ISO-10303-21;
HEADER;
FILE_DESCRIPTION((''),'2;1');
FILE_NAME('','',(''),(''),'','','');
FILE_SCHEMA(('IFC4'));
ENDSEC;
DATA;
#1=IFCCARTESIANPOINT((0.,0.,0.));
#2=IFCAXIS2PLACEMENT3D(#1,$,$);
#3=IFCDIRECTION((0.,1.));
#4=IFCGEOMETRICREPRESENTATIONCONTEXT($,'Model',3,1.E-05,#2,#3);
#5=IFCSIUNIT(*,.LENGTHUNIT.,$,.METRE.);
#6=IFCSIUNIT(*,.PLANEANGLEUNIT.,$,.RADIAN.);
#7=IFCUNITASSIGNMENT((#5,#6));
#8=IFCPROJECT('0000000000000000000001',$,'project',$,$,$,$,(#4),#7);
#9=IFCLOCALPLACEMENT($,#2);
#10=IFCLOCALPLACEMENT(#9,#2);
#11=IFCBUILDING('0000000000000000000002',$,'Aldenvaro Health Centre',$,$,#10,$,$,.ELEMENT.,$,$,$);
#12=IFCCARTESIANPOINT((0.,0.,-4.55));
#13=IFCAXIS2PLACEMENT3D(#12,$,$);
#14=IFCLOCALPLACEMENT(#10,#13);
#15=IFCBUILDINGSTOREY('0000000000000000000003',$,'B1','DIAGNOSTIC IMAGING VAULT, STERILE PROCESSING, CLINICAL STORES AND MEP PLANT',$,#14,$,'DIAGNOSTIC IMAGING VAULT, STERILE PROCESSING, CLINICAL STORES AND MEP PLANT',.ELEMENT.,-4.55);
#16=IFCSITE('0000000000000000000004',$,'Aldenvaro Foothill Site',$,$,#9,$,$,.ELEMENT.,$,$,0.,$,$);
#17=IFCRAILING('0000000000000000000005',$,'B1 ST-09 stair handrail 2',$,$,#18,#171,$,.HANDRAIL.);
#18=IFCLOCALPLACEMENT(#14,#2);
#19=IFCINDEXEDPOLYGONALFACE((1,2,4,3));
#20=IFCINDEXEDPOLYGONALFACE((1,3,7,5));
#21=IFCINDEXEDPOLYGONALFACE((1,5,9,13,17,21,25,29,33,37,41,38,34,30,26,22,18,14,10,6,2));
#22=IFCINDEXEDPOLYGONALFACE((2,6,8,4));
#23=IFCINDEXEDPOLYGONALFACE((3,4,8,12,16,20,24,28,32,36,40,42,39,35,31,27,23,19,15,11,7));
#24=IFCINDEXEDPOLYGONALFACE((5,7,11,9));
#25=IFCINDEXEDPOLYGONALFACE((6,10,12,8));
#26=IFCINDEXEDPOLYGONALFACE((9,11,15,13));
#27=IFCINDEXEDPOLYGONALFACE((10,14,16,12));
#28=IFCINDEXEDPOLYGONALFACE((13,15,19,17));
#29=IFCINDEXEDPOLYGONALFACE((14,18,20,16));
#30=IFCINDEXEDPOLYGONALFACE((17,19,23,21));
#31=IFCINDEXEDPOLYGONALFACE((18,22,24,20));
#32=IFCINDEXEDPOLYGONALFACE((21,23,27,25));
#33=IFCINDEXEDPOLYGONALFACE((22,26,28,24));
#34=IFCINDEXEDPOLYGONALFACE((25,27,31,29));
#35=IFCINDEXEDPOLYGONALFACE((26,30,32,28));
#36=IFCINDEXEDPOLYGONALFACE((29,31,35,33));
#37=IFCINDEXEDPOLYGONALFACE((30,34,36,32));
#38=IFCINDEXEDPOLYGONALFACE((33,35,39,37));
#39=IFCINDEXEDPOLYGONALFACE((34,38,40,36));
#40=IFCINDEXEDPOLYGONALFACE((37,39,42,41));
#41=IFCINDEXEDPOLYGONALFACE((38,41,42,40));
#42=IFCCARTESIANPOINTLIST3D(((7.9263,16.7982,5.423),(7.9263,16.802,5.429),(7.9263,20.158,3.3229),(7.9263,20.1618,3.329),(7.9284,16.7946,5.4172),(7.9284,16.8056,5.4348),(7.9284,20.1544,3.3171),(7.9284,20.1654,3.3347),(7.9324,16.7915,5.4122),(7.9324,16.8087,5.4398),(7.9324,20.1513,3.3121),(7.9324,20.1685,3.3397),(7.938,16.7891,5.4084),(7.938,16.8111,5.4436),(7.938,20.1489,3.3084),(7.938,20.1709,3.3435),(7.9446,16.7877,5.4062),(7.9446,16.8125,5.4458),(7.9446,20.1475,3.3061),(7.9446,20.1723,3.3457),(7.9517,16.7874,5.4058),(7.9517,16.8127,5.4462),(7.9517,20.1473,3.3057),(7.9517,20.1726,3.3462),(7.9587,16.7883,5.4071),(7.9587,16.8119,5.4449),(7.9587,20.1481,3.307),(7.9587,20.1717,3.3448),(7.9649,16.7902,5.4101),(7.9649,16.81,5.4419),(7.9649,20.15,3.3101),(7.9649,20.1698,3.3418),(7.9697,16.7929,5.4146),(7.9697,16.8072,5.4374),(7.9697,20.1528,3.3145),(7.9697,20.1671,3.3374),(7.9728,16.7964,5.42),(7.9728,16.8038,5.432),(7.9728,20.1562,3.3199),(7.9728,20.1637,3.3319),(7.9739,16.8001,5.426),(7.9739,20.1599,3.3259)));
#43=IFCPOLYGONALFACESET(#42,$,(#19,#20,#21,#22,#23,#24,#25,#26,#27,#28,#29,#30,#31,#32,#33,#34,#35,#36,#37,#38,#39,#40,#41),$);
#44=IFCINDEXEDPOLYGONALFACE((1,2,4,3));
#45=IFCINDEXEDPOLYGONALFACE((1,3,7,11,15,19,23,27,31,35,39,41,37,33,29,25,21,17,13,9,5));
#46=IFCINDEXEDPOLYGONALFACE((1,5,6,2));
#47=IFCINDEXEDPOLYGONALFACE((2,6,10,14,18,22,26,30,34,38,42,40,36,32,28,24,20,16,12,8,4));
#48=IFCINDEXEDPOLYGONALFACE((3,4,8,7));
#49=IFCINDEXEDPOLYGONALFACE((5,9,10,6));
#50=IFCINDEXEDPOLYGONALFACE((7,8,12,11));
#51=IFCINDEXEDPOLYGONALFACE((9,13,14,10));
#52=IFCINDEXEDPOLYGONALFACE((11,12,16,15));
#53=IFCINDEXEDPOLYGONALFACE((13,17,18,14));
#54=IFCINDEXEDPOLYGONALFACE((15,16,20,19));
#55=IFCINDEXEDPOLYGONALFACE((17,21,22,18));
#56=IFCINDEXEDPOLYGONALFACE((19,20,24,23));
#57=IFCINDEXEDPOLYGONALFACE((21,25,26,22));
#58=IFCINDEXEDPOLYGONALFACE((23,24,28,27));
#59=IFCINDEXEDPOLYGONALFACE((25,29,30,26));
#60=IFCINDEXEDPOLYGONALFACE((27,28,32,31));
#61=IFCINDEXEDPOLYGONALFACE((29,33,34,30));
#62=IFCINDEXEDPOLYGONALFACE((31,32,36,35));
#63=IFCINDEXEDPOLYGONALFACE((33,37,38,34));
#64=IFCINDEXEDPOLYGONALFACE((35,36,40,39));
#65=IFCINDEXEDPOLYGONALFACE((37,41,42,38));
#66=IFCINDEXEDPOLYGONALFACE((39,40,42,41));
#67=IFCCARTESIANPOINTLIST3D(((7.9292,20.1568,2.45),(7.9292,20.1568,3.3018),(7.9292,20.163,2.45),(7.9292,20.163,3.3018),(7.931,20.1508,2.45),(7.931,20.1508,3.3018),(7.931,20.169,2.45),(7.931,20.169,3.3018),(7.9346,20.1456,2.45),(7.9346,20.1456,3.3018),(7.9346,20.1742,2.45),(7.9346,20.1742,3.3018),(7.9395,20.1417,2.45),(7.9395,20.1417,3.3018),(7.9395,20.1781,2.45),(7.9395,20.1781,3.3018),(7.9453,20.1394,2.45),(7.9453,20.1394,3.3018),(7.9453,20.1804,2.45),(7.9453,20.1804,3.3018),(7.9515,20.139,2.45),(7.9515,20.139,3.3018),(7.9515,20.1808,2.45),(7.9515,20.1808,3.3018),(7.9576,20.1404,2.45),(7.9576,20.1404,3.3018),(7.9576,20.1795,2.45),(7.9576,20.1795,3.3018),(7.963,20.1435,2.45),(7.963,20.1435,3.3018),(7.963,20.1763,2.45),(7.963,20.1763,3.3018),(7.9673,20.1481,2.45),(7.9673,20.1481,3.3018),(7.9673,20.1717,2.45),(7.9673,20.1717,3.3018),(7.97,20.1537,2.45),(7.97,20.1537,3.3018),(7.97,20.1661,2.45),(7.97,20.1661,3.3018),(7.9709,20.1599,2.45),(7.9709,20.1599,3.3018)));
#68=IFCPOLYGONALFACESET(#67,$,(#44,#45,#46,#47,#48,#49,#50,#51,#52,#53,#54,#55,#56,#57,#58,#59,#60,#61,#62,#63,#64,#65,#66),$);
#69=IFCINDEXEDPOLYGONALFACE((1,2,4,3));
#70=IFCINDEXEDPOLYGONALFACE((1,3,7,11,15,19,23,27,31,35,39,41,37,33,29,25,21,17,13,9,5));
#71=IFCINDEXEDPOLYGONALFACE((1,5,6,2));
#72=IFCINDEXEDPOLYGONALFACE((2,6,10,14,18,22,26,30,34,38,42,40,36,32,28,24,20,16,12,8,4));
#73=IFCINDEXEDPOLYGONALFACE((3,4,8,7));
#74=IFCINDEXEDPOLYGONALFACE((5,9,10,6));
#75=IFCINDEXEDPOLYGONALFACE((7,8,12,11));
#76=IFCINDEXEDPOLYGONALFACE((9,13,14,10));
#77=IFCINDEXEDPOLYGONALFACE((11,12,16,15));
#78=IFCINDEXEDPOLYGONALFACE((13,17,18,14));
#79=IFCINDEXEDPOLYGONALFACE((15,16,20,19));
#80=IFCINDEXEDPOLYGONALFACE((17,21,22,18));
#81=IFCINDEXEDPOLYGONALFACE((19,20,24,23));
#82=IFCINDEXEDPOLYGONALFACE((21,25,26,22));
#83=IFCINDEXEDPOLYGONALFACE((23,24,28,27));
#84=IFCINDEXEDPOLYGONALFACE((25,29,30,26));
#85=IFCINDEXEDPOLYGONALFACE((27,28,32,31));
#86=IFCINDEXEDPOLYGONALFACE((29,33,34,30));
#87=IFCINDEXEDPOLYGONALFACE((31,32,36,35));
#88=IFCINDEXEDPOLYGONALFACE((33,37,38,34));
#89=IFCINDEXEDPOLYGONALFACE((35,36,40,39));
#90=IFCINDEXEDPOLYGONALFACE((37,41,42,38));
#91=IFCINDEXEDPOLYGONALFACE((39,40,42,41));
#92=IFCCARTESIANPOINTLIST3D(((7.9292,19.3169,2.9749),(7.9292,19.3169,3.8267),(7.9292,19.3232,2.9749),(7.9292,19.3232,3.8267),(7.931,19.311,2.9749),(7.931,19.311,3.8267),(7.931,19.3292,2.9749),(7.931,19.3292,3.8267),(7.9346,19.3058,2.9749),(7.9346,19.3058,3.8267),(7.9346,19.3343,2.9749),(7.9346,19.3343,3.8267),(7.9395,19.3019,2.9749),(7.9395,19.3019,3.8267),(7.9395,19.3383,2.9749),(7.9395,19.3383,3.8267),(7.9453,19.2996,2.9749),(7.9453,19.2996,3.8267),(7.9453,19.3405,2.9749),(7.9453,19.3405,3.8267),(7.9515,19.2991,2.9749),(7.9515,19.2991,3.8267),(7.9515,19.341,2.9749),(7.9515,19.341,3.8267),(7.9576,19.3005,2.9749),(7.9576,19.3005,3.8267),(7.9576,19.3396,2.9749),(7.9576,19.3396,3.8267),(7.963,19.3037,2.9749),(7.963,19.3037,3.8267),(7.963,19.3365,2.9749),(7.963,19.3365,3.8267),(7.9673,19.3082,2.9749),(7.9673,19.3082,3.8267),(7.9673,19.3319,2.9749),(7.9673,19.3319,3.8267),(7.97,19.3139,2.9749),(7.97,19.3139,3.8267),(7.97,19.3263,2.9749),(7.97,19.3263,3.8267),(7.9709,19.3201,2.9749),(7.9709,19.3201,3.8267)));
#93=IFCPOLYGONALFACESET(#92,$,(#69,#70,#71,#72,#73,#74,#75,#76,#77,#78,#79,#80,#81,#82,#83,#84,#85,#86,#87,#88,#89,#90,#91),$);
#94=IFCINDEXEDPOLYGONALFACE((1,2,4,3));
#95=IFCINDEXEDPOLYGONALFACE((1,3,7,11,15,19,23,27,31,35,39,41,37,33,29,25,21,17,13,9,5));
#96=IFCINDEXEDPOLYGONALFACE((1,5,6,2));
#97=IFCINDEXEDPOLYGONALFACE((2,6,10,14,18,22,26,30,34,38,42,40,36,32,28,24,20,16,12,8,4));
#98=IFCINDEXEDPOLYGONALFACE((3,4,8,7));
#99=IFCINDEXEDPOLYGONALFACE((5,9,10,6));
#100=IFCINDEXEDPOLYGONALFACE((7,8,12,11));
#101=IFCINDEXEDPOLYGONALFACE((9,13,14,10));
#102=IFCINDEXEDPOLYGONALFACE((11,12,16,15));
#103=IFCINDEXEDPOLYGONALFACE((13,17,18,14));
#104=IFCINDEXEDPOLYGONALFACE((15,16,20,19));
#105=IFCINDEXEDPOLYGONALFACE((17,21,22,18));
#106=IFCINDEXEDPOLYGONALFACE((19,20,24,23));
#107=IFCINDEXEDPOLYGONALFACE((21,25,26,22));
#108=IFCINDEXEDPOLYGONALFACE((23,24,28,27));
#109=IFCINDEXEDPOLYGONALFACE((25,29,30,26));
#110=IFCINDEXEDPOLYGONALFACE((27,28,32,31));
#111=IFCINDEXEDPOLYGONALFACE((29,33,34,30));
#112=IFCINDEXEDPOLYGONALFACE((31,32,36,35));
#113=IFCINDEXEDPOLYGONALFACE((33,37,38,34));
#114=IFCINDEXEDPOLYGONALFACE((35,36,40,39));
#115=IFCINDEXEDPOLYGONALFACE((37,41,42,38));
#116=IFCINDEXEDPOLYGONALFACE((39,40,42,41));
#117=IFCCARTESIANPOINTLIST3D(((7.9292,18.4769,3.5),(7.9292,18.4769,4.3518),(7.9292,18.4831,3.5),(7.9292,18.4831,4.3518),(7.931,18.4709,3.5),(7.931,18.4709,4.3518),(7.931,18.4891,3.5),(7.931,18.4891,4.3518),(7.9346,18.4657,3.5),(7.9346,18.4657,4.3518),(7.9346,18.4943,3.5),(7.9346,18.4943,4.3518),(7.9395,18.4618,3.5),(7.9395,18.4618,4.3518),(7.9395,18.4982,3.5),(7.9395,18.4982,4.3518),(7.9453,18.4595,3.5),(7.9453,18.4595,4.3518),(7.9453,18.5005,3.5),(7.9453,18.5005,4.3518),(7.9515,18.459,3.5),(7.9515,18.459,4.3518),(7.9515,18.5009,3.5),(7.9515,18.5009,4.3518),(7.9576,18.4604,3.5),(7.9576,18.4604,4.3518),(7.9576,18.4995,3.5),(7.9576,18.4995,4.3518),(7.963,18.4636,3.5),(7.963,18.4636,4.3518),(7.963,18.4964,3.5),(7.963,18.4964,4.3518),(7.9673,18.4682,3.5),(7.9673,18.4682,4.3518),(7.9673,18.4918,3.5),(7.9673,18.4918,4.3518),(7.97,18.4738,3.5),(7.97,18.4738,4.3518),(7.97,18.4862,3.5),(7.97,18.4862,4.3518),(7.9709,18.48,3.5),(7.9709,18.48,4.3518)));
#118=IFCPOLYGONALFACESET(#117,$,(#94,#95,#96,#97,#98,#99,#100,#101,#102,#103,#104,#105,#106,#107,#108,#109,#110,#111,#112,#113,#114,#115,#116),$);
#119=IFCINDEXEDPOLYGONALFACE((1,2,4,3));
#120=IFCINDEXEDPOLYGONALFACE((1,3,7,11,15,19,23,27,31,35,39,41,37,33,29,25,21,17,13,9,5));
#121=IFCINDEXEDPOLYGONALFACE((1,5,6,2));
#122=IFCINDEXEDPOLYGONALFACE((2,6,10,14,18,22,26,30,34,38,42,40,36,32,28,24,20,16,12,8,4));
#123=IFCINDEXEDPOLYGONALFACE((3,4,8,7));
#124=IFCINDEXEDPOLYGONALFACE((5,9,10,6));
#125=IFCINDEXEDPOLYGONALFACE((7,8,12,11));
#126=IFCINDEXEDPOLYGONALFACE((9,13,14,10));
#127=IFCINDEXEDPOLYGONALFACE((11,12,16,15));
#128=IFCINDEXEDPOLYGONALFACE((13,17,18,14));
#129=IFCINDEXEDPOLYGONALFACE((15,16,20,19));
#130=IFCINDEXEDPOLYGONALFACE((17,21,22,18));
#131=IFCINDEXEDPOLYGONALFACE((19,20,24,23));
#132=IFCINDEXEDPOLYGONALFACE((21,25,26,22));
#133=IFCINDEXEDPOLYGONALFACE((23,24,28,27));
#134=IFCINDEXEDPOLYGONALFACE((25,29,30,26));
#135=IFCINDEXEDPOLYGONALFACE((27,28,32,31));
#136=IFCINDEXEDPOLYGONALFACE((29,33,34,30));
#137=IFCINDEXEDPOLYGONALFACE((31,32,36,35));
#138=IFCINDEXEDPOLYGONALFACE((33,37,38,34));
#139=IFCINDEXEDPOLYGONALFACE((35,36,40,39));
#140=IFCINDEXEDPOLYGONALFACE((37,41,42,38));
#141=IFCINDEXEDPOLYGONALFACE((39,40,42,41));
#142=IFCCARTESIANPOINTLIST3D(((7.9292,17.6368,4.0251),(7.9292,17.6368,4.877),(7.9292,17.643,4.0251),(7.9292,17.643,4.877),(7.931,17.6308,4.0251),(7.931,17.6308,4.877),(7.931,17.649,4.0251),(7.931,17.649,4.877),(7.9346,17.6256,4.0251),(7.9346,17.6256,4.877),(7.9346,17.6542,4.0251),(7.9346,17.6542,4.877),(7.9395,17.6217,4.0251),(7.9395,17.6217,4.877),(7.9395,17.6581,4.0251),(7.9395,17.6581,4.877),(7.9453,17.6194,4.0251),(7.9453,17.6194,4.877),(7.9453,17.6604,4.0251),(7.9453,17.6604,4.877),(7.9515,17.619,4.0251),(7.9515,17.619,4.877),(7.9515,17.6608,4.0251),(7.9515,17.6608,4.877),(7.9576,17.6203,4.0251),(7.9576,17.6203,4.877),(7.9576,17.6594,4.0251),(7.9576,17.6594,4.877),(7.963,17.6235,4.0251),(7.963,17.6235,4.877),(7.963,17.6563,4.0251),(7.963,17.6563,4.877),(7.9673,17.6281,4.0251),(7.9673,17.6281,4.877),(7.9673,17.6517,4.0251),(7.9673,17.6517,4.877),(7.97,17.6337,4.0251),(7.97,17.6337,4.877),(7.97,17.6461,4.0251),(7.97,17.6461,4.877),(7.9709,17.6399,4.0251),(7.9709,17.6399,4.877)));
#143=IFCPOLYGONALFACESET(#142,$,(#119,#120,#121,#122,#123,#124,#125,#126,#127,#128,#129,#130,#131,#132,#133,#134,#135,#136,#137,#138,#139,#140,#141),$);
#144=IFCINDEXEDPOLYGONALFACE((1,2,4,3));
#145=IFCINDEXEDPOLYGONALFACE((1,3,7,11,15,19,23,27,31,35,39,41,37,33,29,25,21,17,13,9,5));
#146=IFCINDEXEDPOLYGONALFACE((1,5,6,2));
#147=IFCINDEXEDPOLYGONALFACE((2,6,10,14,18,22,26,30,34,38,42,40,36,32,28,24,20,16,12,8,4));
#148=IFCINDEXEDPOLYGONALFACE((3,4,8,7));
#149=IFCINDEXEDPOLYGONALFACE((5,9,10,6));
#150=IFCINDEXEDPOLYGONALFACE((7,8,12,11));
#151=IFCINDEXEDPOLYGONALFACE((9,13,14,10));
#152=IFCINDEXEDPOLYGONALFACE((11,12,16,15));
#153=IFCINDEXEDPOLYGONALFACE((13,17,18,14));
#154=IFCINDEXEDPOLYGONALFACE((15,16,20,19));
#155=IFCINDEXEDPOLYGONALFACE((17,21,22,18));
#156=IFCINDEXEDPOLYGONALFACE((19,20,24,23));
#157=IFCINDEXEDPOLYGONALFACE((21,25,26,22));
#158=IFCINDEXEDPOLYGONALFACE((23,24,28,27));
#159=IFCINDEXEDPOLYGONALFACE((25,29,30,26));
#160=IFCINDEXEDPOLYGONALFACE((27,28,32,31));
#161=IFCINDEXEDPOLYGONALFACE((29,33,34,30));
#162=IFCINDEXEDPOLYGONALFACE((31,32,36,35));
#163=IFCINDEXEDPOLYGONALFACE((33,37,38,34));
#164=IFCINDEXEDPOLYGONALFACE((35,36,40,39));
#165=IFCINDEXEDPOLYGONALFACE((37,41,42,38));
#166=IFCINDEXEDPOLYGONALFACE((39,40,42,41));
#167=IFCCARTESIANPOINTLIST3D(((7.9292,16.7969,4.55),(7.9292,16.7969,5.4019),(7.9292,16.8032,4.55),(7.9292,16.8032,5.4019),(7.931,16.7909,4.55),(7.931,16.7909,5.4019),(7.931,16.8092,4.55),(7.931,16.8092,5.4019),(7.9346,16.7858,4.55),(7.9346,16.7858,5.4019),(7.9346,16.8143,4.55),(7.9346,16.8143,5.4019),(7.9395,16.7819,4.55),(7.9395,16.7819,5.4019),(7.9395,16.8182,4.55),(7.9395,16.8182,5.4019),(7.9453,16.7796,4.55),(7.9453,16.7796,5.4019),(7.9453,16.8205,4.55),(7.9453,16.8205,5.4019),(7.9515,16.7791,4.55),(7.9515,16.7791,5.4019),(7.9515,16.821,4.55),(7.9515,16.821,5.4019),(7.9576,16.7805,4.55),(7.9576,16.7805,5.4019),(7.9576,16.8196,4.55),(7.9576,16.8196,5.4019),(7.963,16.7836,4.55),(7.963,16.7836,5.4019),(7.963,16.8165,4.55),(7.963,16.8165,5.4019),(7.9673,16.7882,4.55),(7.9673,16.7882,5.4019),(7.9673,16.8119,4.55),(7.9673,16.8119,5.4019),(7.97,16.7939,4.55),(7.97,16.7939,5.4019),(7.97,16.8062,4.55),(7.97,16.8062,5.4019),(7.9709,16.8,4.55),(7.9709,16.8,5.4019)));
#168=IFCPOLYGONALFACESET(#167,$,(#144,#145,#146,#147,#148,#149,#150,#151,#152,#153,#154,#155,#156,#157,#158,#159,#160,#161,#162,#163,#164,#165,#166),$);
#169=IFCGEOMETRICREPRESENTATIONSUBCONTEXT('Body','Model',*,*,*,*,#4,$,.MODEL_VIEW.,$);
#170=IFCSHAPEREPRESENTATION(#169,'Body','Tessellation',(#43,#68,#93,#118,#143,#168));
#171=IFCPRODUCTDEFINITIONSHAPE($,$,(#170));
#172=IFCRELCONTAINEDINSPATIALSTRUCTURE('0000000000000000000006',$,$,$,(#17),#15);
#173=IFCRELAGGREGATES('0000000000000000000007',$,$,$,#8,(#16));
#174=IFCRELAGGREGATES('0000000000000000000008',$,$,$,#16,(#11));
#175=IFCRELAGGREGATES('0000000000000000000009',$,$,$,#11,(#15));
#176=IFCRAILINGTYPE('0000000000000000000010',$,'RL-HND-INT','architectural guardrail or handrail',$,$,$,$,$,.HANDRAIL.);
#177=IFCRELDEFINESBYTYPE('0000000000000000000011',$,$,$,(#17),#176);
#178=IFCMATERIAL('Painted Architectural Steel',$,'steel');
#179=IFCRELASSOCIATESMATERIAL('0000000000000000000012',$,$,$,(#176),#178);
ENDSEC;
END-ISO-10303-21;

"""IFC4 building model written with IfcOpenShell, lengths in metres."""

from ifc_helpers import new_model, si_unit, direction, frame, origin, origin_2d, place, context, subcontext, project, spatial, circle, extrude, material, type_object, element, save


model = new_model("IFC4")

# Units and contexts
model_context = context("Model", 3, precision=1e-05, world=origin(), true_north=direction((0.0, 1.0)))
body_context = subcontext(model_context, "Body", "Model", "MODEL_VIEW")
ifc_project = project(units=[si_unit("LENGTHUNIT", "METRE"), si_unit("PLANEANGLEUNIT", "RADIAN")], contexts=[model_context])

# Site, building, storey
site_placement = place(None, origin())
site = spatial("IfcSite", under=ifc_project, at=site_placement, Name="Aldenvaro Foothill Site", CompositionType="ELEMENT", RefElevation=0.0)
building_placement = place(site_placement, origin())
building = spatial("IfcBuilding", under=site, at=building_placement, Name="Aldenvaro Health Centre", CompositionType="ELEMENT")
storey_placement = place(building_placement, frame((0.0, 0.0, -4.55)))
storey = spatial("IfcBuildingStorey", under=building, at=storey_placement, Name="B1", Description="DIAGNOSTIC IMAGING VAULT, STERILE PROCESSING, CLINICAL STORES AND MEP PLANT", LongName="DIAGNOSTIC IMAGING VAULT, STERILE PROCESSING, CLINICAL STORES AND MEP PLANT", CompositionType="ELEMENT", Elevation=-4.55)

# Railing
ifc_material_1 = material(Name="Painted Architectural Steel", Category="steel")
railing_type_1 = type_object("IfcRailingType", Name="RL-HND-INT", Description="architectural guardrail or handrail", PredefinedType="HANDRAIL", material=ifc_material_1)
railing_1_placement = place(storey_placement, frame((7.95, 20.1599, 2.45)))
element("IfcRailing", 1, at=railing_1_placement, inside=storey, type_object=railing_type_1, Name="B1 ST-09 stair handrail 2", PredefinedType="HANDRAIL", context=body_context, shape_type="SweptSolid", body=[
    extrude(circle(Radius=0.0239, at=origin_2d()), frame((0.0, 0.0, 0.876), z_axis=(0.0, -0.847978, 0.530032), x_axis=(1.0, 0.0, 0.0)), (0.0, 0.0, 1.0), 3.9622),
    extrude(circle(Radius=0.021, at=origin_2d()), origin(), (0.0, 0.0, 1.0), 0.8518),
    extrude(circle(Radius=0.021, at=origin_2d()), frame((0.0, -0.8398, 0.5249)), (0.0, 0.0, 1.0), 0.8518),
    extrude(circle(Radius=0.021, at=origin_2d()), frame((0.0, -1.6799, 1.05)), (0.0, 0.0, 1.0), 0.8518),
    extrude(circle(Radius=0.021, at=origin_2d()), frame((0.0, -2.52, 1.5752)), (0.0, 0.0, 1.0), 0.8518),
    extrude(circle(Radius=0.021, at=origin_2d()), frame((0.0, -3.3599, 2.1001)), (0.0, 0.0, 1.0), 0.8518),
])

save(model, "model.ifc")
